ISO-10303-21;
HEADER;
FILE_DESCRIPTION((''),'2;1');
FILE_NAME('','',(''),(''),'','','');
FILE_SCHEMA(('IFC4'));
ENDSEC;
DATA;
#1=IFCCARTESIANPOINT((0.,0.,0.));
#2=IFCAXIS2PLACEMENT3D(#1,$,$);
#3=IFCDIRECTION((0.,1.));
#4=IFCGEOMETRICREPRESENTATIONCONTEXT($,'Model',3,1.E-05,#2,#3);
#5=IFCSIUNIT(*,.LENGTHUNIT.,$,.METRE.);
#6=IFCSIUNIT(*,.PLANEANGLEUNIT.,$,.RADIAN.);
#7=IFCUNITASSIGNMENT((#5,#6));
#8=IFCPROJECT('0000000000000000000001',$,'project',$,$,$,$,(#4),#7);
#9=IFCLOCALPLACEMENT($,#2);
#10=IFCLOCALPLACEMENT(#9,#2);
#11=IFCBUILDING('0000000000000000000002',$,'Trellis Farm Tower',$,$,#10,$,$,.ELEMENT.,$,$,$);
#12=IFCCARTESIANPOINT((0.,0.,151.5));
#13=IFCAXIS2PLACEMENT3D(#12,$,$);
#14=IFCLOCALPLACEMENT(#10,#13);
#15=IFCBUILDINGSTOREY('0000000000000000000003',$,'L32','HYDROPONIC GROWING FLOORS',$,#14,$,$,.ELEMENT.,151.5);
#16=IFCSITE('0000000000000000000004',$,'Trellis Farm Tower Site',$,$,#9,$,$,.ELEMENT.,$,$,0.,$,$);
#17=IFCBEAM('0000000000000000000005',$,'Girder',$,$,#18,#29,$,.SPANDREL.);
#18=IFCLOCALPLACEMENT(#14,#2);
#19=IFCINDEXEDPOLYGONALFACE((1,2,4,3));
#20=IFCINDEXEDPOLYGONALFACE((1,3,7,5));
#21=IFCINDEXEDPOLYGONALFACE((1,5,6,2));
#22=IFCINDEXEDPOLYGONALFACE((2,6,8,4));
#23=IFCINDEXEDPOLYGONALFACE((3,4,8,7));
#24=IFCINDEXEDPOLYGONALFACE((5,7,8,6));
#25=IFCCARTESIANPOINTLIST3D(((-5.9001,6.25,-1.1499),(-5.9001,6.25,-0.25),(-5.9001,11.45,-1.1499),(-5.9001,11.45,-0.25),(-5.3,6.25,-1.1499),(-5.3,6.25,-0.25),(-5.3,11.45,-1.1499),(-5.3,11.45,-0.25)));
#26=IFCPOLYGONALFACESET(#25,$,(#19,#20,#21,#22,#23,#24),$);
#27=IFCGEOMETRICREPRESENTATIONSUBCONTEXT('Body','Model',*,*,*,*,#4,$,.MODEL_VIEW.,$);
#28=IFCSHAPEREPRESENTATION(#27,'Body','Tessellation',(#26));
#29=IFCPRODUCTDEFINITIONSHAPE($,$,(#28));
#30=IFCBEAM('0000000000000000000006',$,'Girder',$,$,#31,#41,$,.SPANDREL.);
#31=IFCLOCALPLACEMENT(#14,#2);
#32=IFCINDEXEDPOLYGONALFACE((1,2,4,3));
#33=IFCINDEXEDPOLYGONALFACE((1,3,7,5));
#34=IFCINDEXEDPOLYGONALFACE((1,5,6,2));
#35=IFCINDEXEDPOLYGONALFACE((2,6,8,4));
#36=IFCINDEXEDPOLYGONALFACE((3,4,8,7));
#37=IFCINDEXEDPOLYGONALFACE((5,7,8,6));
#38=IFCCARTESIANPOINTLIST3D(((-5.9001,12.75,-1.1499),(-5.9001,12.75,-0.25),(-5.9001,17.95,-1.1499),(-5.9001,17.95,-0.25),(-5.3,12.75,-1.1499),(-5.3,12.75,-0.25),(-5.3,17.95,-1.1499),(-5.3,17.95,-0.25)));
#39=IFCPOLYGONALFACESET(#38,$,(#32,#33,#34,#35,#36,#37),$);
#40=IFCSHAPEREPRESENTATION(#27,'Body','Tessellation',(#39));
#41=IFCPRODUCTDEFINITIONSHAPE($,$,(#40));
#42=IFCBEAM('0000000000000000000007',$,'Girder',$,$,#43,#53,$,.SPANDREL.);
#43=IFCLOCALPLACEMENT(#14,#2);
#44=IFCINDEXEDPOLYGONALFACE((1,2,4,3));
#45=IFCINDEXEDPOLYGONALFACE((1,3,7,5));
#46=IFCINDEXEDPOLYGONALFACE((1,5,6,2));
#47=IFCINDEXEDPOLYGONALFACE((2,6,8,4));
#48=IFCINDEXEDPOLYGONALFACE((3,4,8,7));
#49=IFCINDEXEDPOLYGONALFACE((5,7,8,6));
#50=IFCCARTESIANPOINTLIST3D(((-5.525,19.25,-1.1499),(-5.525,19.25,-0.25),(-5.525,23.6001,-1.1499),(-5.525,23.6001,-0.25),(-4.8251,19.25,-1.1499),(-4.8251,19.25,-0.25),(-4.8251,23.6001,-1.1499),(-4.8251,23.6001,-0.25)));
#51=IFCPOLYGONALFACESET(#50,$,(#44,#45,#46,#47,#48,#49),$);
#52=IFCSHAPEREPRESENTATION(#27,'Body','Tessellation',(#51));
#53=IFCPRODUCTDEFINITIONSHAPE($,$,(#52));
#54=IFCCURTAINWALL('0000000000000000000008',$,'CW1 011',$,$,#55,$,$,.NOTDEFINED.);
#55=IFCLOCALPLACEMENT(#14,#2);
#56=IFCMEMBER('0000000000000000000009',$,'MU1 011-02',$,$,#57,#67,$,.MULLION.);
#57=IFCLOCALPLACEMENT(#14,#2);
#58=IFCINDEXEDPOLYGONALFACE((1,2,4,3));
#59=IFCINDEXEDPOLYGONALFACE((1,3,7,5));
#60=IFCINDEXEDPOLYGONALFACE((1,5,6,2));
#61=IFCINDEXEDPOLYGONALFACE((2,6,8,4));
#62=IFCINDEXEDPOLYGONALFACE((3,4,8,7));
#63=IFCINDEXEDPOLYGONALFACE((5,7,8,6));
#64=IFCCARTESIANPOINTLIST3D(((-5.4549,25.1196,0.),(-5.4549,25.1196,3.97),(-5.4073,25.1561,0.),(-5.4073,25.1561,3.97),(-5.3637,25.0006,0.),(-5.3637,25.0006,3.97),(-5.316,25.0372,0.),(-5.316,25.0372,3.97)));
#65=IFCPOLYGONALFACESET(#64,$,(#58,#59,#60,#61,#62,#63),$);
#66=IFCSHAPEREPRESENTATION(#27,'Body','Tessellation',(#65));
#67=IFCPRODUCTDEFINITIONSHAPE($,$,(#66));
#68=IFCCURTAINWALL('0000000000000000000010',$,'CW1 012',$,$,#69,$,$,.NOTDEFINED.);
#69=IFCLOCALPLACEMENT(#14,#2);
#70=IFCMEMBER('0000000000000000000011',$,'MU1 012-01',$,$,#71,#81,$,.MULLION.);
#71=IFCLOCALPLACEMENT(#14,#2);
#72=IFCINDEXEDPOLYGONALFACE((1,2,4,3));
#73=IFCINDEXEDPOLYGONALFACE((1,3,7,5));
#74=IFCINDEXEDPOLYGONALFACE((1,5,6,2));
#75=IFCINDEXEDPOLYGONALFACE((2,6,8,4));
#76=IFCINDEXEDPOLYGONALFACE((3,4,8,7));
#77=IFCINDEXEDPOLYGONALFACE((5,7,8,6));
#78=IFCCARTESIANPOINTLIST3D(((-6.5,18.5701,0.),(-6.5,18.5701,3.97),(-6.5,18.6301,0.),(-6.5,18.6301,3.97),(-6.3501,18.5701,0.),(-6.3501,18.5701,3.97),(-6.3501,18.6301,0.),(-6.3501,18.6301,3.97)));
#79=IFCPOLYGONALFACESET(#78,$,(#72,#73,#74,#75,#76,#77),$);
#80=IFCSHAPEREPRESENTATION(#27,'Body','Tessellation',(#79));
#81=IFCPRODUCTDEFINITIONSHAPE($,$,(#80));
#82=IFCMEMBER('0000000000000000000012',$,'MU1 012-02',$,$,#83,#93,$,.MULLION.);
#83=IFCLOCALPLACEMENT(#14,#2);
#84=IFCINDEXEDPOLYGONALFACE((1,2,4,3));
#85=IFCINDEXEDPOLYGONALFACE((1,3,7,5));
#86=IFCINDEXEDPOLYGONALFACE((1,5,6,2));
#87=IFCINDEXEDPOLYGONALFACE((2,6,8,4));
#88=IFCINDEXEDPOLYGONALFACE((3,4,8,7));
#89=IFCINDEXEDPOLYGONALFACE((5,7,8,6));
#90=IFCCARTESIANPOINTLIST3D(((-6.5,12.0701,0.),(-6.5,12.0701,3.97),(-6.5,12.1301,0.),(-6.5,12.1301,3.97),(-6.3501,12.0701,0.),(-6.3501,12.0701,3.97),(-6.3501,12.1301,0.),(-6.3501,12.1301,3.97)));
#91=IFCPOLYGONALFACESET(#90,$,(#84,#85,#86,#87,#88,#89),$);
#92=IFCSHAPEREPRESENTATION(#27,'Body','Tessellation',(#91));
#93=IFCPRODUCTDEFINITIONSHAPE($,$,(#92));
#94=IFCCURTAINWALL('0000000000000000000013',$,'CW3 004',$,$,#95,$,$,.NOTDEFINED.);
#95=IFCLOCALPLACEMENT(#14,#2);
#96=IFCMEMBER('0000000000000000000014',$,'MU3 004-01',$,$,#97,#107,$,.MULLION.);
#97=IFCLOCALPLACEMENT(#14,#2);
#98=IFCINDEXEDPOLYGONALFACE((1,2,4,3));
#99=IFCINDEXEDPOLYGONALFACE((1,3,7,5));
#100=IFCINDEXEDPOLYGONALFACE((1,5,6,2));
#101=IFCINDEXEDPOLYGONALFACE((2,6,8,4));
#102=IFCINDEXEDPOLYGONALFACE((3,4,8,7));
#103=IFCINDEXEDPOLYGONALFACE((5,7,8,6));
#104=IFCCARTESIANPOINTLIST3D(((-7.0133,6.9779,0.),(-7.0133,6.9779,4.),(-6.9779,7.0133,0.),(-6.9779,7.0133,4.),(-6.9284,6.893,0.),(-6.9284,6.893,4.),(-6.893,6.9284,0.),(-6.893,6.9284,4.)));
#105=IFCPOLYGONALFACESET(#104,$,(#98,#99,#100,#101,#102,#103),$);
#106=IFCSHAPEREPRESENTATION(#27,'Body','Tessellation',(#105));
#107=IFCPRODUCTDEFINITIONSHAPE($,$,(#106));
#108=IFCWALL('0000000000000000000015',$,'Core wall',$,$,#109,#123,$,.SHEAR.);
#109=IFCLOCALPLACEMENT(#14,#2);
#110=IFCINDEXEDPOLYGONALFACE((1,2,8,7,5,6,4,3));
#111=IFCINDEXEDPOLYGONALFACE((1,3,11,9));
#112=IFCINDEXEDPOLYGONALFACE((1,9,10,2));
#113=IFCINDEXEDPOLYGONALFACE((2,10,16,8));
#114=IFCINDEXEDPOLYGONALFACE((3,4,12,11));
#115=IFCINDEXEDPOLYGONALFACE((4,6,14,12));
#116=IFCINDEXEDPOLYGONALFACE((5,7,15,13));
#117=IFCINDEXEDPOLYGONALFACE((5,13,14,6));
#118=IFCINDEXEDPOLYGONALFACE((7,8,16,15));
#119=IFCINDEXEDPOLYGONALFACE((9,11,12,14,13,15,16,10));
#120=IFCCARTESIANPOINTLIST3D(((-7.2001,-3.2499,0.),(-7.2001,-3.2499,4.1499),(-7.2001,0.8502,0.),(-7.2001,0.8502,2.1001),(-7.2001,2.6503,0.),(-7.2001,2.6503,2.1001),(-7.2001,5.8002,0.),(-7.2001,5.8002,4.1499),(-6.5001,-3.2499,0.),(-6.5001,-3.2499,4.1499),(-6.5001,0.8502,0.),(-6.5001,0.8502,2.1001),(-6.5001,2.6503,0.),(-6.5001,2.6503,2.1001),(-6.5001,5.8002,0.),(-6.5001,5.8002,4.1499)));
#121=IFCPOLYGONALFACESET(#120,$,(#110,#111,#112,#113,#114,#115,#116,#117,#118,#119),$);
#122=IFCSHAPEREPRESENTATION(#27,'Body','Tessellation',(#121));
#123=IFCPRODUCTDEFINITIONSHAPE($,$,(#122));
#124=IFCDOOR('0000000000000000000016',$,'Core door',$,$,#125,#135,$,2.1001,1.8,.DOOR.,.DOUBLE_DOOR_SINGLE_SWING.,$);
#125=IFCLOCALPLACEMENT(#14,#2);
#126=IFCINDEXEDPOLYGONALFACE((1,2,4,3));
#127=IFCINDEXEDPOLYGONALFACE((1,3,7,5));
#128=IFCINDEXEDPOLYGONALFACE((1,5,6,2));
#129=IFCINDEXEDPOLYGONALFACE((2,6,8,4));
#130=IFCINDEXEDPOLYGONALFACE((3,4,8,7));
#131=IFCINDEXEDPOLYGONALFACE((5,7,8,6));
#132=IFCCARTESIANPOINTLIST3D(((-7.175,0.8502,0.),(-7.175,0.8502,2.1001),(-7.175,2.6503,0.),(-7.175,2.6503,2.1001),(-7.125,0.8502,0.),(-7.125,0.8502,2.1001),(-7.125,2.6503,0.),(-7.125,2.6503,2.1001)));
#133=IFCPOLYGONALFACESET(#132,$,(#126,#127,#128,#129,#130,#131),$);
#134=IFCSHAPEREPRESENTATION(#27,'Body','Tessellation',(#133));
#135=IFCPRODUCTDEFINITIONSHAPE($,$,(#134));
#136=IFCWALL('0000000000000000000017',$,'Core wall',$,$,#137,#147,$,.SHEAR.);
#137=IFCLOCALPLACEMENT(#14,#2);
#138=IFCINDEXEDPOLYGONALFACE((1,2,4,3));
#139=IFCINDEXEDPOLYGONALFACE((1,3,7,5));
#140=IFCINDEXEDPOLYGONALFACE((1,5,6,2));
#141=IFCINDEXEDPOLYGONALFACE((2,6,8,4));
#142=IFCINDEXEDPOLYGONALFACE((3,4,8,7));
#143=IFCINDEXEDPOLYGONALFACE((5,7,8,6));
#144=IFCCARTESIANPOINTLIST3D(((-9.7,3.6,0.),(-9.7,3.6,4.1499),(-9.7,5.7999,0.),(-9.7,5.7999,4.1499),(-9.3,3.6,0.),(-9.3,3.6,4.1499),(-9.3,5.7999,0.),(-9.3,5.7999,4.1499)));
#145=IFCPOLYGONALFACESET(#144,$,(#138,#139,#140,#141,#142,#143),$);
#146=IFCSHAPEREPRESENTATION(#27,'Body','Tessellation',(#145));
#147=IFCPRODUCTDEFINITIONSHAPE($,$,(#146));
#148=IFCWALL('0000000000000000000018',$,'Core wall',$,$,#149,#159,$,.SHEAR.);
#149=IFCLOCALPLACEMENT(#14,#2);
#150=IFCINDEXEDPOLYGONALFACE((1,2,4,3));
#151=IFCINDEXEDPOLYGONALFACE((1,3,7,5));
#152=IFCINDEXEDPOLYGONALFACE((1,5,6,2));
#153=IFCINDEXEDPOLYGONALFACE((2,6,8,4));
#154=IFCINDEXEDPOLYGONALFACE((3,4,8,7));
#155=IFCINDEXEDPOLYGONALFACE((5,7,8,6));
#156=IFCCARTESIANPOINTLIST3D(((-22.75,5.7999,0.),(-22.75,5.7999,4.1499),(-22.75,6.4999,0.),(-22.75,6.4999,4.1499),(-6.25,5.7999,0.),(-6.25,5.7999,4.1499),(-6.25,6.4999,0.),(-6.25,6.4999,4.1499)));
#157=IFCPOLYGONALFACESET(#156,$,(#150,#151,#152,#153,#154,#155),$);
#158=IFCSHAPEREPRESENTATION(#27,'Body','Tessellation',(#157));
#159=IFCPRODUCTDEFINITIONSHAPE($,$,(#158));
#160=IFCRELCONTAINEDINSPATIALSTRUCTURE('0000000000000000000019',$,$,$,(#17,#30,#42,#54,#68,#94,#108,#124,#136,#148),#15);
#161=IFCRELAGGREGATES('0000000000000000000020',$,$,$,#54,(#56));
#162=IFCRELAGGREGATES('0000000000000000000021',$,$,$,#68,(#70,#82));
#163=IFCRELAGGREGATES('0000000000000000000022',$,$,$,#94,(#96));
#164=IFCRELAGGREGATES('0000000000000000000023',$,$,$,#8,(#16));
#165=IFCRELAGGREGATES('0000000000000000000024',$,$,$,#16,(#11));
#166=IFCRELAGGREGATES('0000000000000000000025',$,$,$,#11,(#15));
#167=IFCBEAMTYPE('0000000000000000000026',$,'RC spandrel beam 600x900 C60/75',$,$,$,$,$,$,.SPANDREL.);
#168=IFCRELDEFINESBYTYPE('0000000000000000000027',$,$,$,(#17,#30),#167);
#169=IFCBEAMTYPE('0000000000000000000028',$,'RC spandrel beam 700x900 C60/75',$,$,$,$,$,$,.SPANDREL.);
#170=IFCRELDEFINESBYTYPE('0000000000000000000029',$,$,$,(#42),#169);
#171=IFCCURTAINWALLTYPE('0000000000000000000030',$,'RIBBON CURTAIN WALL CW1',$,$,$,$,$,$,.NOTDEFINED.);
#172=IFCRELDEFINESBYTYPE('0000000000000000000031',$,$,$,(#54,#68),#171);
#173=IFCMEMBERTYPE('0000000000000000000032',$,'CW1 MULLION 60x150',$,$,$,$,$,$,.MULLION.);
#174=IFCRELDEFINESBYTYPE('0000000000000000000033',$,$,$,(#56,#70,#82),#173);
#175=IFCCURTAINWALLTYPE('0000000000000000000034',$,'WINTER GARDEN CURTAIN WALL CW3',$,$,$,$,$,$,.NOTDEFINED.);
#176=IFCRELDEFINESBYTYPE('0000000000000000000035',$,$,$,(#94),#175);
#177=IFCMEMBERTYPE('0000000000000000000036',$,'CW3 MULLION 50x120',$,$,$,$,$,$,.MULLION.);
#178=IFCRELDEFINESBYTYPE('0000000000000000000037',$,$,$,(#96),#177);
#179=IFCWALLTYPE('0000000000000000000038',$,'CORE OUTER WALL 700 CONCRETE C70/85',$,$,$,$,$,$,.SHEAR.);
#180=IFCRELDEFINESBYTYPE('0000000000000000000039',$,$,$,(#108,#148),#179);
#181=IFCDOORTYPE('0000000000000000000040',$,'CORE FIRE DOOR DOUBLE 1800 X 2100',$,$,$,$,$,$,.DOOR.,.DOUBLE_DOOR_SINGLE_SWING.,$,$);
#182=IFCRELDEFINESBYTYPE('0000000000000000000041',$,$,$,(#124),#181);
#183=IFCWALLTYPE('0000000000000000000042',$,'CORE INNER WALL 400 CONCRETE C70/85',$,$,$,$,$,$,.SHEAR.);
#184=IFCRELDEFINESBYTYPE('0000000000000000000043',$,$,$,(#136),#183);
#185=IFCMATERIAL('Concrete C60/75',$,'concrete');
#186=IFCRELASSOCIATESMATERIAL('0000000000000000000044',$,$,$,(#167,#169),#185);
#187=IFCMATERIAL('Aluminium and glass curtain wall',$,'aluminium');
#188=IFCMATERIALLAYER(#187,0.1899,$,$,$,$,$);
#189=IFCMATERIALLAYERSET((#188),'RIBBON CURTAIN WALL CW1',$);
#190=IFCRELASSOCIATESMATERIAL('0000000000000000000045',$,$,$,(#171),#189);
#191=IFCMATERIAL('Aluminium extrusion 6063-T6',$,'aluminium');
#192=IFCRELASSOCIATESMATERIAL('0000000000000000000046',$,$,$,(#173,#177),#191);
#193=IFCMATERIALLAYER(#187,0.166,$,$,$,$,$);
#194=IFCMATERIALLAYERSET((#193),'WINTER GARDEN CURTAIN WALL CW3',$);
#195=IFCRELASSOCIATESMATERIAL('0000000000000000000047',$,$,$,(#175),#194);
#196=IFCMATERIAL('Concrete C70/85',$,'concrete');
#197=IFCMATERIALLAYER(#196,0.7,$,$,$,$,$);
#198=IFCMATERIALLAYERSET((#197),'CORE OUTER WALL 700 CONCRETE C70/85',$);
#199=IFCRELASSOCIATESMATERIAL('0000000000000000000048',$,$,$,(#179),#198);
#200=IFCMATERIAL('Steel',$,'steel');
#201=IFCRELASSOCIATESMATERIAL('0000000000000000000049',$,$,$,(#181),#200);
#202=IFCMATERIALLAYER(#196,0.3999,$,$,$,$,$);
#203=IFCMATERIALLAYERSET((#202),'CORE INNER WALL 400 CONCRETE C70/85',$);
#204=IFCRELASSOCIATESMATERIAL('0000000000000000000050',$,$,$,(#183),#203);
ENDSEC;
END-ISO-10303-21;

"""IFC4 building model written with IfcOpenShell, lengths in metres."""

from ifc_helpers import new_model, si_unit, direction, frame, frame_2d, origin, origin_2d, place, context, subcontext, project, spatial, rectangle, extrude, source, transform, mapped, material, layer, layer_set, material_profile, profile_set, type_object, element, fill, aggregate, save


model = new_model("IFC4")

# Units and contexts
model_context = context("Model", 3, precision=1e-05, world=origin(), true_north=direction((0.0, 1.0)))
body_context = subcontext(model_context, "Body", "Model", "MODEL_VIEW")
ifc_project = project(units=[si_unit("LENGTHUNIT", "METRE"), si_unit("PLANEANGLEUNIT", "RADIAN")], contexts=[model_context])

# Site, building, storey
site_placement = place(None, origin())
site = spatial("IfcSite", under=ifc_project, at=site_placement, Name="Trellis Farm Tower Site", CompositionType="ELEMENT", RefElevation=0.0)
building_placement = place(site_placement, origin())
building = spatial("IfcBuilding", under=site, at=building_placement, Name="Trellis Farm Tower", CompositionType="ELEMENT")
storey_placement = place(building_placement, frame((0.0, 0.0, 151.5)))
storey = spatial("IfcBuildingStorey", under=building, at=storey_placement, Name="L32", Description="HYDROPONIC GROWING FLOORS", CompositionType="ELEMENT", Elevation=151.5)

# Beams
ifc_material_1 = material(Name="Concrete C60/75", Category="concrete")
ifc_material_profile_1 = material_profile(ifc_material_1, rectangle(XDim=0.6001, YDim=0.8999, at=origin_2d()), Name="RC spandrel beam 600x900 C60/75")
ifc_profile_set_1 = profile_set([ifc_material_profile_1], Name="Concrete C60/75")
beam_type_1 = type_object("IfcBeamType", Name="RC spandrel beam 600x900 C60/75", PredefinedType="SPANDREL", material=ifc_profile_set_1)
shared_shape_1 = source(origin(), body_context, "Body", "SweptSolid", [
    extrude(rectangle(XDim=0.6001, YDim=0.8999, at=origin_2d()), origin(), (0.0, 0.0, 1.0), 5.2),
])
for number, where, z_axis, x_axis, name in (
    (1, (-5.6001, 6.25, -0.7), (0.0, 1.0, 0.0), (-1.0, 0.0, 0.0), "Girder"),
    (2, (-5.6001, 12.75, -0.7), (0.0, 1.0, 0.0), (-1.0, 0.0, 0.0), "Girder"),
):
    element("IfcBeam", number, at=place(storey_placement, frame(where, z_axis=z_axis, x_axis=x_axis)), inside=storey, type_object=beam_type_1, Name=name, PredefinedType="SPANDREL", context=body_context, shape_type="MappedRepresentation", body=[
        mapped(shared_shape_1, transform((0.0, 0.0, 0.0))),
    ])
ifc_material_profile_2 = material_profile(ifc_material_1, rectangle(XDim=0.7, YDim=0.8999, at=origin_2d()), Name="RC spandrel beam 700x900 C60/75")
ifc_profile_set_2 = profile_set([ifc_material_profile_2], Name="Concrete C60/75")
beam_type_2 = type_object("IfcBeamType", Name="RC spandrel beam 700x900 C60/75", PredefinedType="SPANDREL", material=ifc_profile_set_2)
shared_shape_2 = source(origin(), body_context, "Body", "SweptSolid", [
    extrude(rectangle(XDim=0.7, YDim=0.8999, at=origin_2d()), origin(), (0.0, 0.0, 1.0), 4.3501),
])
beam_1_placement = place(storey_placement, frame((-5.175, 19.25, -0.7), z_axis=(0.0, 1.0, 0.0), x_axis=(-1.0, 0.0, 0.0)))
element("IfcBeam", 3, at=beam_1_placement, inside=storey, type_object=beam_type_2, Name="Girder", PredefinedType="SPANDREL", context=body_context, shape_type="MappedRepresentation", body=[
    mapped(shared_shape_2, transform((0.0, 0.0, 0.0))),
])

# Curtain wall, member
ifc_material_2 = material(Name="Aluminium and glass curtain wall", Category="aluminium")
ifc_layer_1 = layer(ifc_material_2, 0.1899)
ifc_layer_set_1 = layer_set([ifc_layer_1], Name="RIBBON CURTAIN WALL CW1")
curtain_wall_type_1 = type_object("IfcCurtainWallType", Name="RIBBON CURTAIN WALL CW1", PredefinedType="NOTDEFINED", material=ifc_layer_set_1)
placement = place(storey_placement, origin())
curtain_wall_1 = element("IfcCurtainWall", 4, at=placement, inside=storey, type_object=curtain_wall_type_1, Name="CW1 011", PredefinedType="NOTDEFINED")
ifc_material_3 = material(Name="Aluminium extrusion 6063-T6", Category="aluminium")
ifc_material_profile_3 = material_profile(ifc_material_3, rectangle(XDim=0.0601, YDim=0.1499, at=origin_2d()), Name="MULLION 60x150")
ifc_profile_set_3 = profile_set([ifc_material_profile_3], Name="Aluminium extrusion 6063-T6")
member_type_1 = type_object("IfcMemberType", Name="CW1 MULLION 60x150", PredefinedType="MULLION", material=ifc_profile_set_3)
shared_shape_3 = source(origin(), body_context, "Body", "SweptSolid", [
    extrude(rectangle(XDim=0.0601, YDim=0.1499, at=origin_2d()), origin(), (0.0, 0.0, 1.0), 3.97),
])
member_1_placement = place(storey_placement, frame((-5.3855, 25.0784, 0.0), z_axis=(0.0, 0.0, 1.0), x_axis=(-0.793353, -0.608761, 0.0)))
member_1 = element("IfcMember", 5, at=member_1_placement, type_object=member_type_1, Name="MU1 011-02", PredefinedType="MULLION", context=body_context, shape_type="MappedRepresentation", body=[
    mapped(shared_shape_3, transform((0.0, 0.0, 0.0))),
])
aggregate(curtain_wall_1, [member_1])

# Curtain wall, members
curtain_wall_2 = element("IfcCurtainWall", 6, at=placement, inside=storey, type_object=curtain_wall_type_1, Name="CW1 012", PredefinedType="NOTDEFINED")
member_2_placement = place(storey_placement, frame((-6.425, 18.6001, 0.0), z_axis=(0.0, 0.0, 1.0), x_axis=(0.0, -1.0, 0.0)))
member_2 = element("IfcMember", 7, at=member_2_placement, type_object=member_type_1, Name="MU1 012-01", PredefinedType="MULLION", context=body_context, shape_type="MappedRepresentation", body=[
    mapped(shared_shape_3, transform((0.0, 0.0, 0.0))),
])
member_3_placement = place(storey_placement, frame((-6.425, 12.1001, 0.0), z_axis=(0.0, 0.0, 1.0), x_axis=(0.0, -1.0, 0.0)))
member_3 = element("IfcMember", 8, at=member_3_placement, type_object=member_type_1, Name="MU1 012-02", PredefinedType="MULLION", context=body_context, shape_type="MappedRepresentation", body=[
    mapped(shared_shape_3, transform((0.0, 0.0, 0.0))),
])
aggregate(curtain_wall_2, [member_2, member_3])

# Curtain wall, member
ifc_layer_2 = layer(ifc_material_2, 0.166)
ifc_layer_set_2 = layer_set([ifc_layer_2], Name="WINTER GARDEN CURTAIN WALL CW3")
curtain_wall_type_2 = type_object("IfcCurtainWallType", Name="WINTER GARDEN CURTAIN WALL CW3", PredefinedType="NOTDEFINED", material=ifc_layer_set_2)
curtain_wall_3 = element("IfcCurtainWall", 9, at=placement, inside=storey, type_object=curtain_wall_type_2, Name="CW3 004", PredefinedType="NOTDEFINED")
ifc_material_profile_4 = material_profile(ifc_material_3, rectangle(XDim=0.05, YDim=0.1201, at=origin_2d()), Name="MULLION 50x120")
ifc_profile_set_4 = profile_set([ifc_material_profile_4], Name="Aluminium extrusion 6063-T6")
member_type_2 = type_object("IfcMemberType", Name="CW3 MULLION 50x120", PredefinedType="MULLION", material=ifc_profile_set_4)
shared_shape_4 = source(origin(), body_context, "Body", "SweptSolid", [
    extrude(rectangle(XDim=0.05, YDim=0.1201, at=origin_2d()), origin(), (0.0, 0.0, 1.0), 4.0),
])
member_4_placement = place(storey_placement, frame((-6.9531, 6.9531, 0.0), z_axis=(0.0, 0.0, 1.0), x_axis=(-0.707107, -0.707107, 0.0)))
member_4 = element("IfcMember", 10, at=member_4_placement, type_object=member_type_2, Name="MU3 004-01", PredefinedType="MULLION", context=body_context, shape_type="MappedRepresentation", body=[
    mapped(shared_shape_4, transform((0.0, 0.0, 0.0))),
])
aggregate(curtain_wall_3, [member_4])

# Wall, opening, door
ifc_material_4 = material(Name="Concrete C70/85", Category="concrete")
ifc_layer_3 = layer(ifc_material_4, 0.7)
ifc_layer_set_3 = layer_set([ifc_layer_3], Name="CORE OUTER WALL 700 CONCRETE C70/85")
wall_type_1 = type_object("IfcWallType", Name="CORE OUTER WALL 700 CONCRETE C70/85", PredefinedType="SHEAR", material=ifc_layer_set_3)
shared_shape_5 = source(origin(), body_context, "Body", "SweptSolid", [
    extrude(rectangle(XDim=9.05, YDim=0.7, at=frame_2d((4.5249, 0.0))), origin(), (0.0, 0.0, 1.0), 4.1499),
])
wall_1_placement = place(storey_placement, frame((-6.8501, 5.8, 0.0), z_axis=(0.0, 0.0, 1.0), x_axis=(0.0, -1.0, 0.0)))
wall_1 = element("IfcWall", 11, at=wall_1_placement, inside=storey, type_object=wall_type_1, Name="Core wall", PredefinedType="SHEAR", context=body_context, shape_type="MappedRepresentation", body=[
    mapped(shared_shape_5, transform((0.0, 0.0, 0.0))),
])
shared_shape_6 = source(origin(), body_context, "Body", "SweptSolid", [
    extrude(rectangle(XDim=1.8, YDim=2.1001, at=frame_2d((0.8999, 1.05))), frame((0.0, 0.3601, 0.0), z_axis=(0.0, -1.0, 0.0), x_axis=(1.0, 0.0, 0.0)), (0.0, 0.0, 1.0), 0.7202),
])
opening_1_placement = place(wall_1_placement, frame((3.1499, 0.0, 0.0)))
opening_1 = element("IfcOpeningElement", 12, at=opening_1_placement, cuts=wall_1, PredefinedType="OPENING", context=body_context, shape_type="MappedRepresentation", body=[
    mapped(shared_shape_6, transform((0.0, 0.0, 0.0))),
])
ifc_material_5 = material(Name="Steel", Category="steel")
door_type_1 = type_object("IfcDoorType", Name="CORE FIRE DOOR DOUBLE 1800 X 2100", OperationType="DOUBLE_DOOR_SINGLE_SWING", PredefinedType="DOOR", material=ifc_material_5)
shared_shape_7 = source(origin(), body_context, "Body", "SweptSolid", [
    extrude(rectangle(XDim=1.8, YDim=2.1001, at=frame_2d((0.8999, 1.05))), frame((0.0, -0.2749, 0.0), z_axis=(0.0, -1.0, 0.0), x_axis=(1.0, 0.0, 0.0)), (0.0, 0.0, 1.0), 0.05),
])
door_1_placement = place(opening_1_placement, origin())
door_1 = element("IfcDoor", 13, at=door_1_placement, inside=storey, type_object=door_type_1, Name="Core door", OperationType="DOUBLE_DOOR_SINGLE_SWING", OverallHeight=2.1001, OverallWidth=1.8, PredefinedType="DOOR", context=body_context, shape_type="MappedRepresentation", body=[
    mapped(shared_shape_7, transform((0.0, 0.0, 0.0))),
])
fill(opening_1, door_1)

# Walls
ifc_layer_4 = layer(ifc_material_4, 0.3999)
ifc_layer_set_4 = layer_set([ifc_layer_4], Name="CORE INNER WALL 400 CONCRETE C70/85")
wall_type_2 = type_object("IfcWallType", Name="CORE INNER WALL 400 CONCRETE C70/85", PredefinedType="SHEAR", material=ifc_layer_set_4)
shared_shape_8 = source(origin(), body_context, "Body", "SweptSolid", [
    extrude(rectangle(XDim=2.2, YDim=0.3999, at=frame_2d((1.1001, 0.0))), origin(), (0.0, 0.0, 1.0), 4.1499),
])
wall_2_placement = place(storey_placement, frame((-9.5, 5.8, 0.0), z_axis=(0.0, 0.0, 1.0), x_axis=(0.0, -1.0, 0.0)))
element("IfcWall", 14, at=wall_2_placement, inside=storey, type_object=wall_type_2, Name="Core wall", PredefinedType="SHEAR", context=body_context, shape_type="MappedRepresentation", body=[
    mapped(shared_shape_8, transform((0.0, 0.0, 0.0))),
])
shared_shape_9 = source(origin(), body_context, "Body", "SweptSolid", [
    extrude(rectangle(XDim=16.5, YDim=0.7, at=frame_2d((8.25, 0.0))), origin(), (0.0, 0.0, 1.0), 4.1499),
])
wall_3_placement = place(storey_placement, frame((-6.25, 6.1499, 0.0), z_axis=(0.0, 0.0, 1.0), x_axis=(-1.0, 0.0, 0.0)))
element("IfcWall", 15, at=wall_3_placement, inside=storey, type_object=wall_type_1, Name="Core wall", PredefinedType="SHEAR", context=body_context, shape_type="MappedRepresentation", body=[
    mapped(shared_shape_9, transform((0.0, 0.0, 0.0))),
])

save(model, "model.ifc")
